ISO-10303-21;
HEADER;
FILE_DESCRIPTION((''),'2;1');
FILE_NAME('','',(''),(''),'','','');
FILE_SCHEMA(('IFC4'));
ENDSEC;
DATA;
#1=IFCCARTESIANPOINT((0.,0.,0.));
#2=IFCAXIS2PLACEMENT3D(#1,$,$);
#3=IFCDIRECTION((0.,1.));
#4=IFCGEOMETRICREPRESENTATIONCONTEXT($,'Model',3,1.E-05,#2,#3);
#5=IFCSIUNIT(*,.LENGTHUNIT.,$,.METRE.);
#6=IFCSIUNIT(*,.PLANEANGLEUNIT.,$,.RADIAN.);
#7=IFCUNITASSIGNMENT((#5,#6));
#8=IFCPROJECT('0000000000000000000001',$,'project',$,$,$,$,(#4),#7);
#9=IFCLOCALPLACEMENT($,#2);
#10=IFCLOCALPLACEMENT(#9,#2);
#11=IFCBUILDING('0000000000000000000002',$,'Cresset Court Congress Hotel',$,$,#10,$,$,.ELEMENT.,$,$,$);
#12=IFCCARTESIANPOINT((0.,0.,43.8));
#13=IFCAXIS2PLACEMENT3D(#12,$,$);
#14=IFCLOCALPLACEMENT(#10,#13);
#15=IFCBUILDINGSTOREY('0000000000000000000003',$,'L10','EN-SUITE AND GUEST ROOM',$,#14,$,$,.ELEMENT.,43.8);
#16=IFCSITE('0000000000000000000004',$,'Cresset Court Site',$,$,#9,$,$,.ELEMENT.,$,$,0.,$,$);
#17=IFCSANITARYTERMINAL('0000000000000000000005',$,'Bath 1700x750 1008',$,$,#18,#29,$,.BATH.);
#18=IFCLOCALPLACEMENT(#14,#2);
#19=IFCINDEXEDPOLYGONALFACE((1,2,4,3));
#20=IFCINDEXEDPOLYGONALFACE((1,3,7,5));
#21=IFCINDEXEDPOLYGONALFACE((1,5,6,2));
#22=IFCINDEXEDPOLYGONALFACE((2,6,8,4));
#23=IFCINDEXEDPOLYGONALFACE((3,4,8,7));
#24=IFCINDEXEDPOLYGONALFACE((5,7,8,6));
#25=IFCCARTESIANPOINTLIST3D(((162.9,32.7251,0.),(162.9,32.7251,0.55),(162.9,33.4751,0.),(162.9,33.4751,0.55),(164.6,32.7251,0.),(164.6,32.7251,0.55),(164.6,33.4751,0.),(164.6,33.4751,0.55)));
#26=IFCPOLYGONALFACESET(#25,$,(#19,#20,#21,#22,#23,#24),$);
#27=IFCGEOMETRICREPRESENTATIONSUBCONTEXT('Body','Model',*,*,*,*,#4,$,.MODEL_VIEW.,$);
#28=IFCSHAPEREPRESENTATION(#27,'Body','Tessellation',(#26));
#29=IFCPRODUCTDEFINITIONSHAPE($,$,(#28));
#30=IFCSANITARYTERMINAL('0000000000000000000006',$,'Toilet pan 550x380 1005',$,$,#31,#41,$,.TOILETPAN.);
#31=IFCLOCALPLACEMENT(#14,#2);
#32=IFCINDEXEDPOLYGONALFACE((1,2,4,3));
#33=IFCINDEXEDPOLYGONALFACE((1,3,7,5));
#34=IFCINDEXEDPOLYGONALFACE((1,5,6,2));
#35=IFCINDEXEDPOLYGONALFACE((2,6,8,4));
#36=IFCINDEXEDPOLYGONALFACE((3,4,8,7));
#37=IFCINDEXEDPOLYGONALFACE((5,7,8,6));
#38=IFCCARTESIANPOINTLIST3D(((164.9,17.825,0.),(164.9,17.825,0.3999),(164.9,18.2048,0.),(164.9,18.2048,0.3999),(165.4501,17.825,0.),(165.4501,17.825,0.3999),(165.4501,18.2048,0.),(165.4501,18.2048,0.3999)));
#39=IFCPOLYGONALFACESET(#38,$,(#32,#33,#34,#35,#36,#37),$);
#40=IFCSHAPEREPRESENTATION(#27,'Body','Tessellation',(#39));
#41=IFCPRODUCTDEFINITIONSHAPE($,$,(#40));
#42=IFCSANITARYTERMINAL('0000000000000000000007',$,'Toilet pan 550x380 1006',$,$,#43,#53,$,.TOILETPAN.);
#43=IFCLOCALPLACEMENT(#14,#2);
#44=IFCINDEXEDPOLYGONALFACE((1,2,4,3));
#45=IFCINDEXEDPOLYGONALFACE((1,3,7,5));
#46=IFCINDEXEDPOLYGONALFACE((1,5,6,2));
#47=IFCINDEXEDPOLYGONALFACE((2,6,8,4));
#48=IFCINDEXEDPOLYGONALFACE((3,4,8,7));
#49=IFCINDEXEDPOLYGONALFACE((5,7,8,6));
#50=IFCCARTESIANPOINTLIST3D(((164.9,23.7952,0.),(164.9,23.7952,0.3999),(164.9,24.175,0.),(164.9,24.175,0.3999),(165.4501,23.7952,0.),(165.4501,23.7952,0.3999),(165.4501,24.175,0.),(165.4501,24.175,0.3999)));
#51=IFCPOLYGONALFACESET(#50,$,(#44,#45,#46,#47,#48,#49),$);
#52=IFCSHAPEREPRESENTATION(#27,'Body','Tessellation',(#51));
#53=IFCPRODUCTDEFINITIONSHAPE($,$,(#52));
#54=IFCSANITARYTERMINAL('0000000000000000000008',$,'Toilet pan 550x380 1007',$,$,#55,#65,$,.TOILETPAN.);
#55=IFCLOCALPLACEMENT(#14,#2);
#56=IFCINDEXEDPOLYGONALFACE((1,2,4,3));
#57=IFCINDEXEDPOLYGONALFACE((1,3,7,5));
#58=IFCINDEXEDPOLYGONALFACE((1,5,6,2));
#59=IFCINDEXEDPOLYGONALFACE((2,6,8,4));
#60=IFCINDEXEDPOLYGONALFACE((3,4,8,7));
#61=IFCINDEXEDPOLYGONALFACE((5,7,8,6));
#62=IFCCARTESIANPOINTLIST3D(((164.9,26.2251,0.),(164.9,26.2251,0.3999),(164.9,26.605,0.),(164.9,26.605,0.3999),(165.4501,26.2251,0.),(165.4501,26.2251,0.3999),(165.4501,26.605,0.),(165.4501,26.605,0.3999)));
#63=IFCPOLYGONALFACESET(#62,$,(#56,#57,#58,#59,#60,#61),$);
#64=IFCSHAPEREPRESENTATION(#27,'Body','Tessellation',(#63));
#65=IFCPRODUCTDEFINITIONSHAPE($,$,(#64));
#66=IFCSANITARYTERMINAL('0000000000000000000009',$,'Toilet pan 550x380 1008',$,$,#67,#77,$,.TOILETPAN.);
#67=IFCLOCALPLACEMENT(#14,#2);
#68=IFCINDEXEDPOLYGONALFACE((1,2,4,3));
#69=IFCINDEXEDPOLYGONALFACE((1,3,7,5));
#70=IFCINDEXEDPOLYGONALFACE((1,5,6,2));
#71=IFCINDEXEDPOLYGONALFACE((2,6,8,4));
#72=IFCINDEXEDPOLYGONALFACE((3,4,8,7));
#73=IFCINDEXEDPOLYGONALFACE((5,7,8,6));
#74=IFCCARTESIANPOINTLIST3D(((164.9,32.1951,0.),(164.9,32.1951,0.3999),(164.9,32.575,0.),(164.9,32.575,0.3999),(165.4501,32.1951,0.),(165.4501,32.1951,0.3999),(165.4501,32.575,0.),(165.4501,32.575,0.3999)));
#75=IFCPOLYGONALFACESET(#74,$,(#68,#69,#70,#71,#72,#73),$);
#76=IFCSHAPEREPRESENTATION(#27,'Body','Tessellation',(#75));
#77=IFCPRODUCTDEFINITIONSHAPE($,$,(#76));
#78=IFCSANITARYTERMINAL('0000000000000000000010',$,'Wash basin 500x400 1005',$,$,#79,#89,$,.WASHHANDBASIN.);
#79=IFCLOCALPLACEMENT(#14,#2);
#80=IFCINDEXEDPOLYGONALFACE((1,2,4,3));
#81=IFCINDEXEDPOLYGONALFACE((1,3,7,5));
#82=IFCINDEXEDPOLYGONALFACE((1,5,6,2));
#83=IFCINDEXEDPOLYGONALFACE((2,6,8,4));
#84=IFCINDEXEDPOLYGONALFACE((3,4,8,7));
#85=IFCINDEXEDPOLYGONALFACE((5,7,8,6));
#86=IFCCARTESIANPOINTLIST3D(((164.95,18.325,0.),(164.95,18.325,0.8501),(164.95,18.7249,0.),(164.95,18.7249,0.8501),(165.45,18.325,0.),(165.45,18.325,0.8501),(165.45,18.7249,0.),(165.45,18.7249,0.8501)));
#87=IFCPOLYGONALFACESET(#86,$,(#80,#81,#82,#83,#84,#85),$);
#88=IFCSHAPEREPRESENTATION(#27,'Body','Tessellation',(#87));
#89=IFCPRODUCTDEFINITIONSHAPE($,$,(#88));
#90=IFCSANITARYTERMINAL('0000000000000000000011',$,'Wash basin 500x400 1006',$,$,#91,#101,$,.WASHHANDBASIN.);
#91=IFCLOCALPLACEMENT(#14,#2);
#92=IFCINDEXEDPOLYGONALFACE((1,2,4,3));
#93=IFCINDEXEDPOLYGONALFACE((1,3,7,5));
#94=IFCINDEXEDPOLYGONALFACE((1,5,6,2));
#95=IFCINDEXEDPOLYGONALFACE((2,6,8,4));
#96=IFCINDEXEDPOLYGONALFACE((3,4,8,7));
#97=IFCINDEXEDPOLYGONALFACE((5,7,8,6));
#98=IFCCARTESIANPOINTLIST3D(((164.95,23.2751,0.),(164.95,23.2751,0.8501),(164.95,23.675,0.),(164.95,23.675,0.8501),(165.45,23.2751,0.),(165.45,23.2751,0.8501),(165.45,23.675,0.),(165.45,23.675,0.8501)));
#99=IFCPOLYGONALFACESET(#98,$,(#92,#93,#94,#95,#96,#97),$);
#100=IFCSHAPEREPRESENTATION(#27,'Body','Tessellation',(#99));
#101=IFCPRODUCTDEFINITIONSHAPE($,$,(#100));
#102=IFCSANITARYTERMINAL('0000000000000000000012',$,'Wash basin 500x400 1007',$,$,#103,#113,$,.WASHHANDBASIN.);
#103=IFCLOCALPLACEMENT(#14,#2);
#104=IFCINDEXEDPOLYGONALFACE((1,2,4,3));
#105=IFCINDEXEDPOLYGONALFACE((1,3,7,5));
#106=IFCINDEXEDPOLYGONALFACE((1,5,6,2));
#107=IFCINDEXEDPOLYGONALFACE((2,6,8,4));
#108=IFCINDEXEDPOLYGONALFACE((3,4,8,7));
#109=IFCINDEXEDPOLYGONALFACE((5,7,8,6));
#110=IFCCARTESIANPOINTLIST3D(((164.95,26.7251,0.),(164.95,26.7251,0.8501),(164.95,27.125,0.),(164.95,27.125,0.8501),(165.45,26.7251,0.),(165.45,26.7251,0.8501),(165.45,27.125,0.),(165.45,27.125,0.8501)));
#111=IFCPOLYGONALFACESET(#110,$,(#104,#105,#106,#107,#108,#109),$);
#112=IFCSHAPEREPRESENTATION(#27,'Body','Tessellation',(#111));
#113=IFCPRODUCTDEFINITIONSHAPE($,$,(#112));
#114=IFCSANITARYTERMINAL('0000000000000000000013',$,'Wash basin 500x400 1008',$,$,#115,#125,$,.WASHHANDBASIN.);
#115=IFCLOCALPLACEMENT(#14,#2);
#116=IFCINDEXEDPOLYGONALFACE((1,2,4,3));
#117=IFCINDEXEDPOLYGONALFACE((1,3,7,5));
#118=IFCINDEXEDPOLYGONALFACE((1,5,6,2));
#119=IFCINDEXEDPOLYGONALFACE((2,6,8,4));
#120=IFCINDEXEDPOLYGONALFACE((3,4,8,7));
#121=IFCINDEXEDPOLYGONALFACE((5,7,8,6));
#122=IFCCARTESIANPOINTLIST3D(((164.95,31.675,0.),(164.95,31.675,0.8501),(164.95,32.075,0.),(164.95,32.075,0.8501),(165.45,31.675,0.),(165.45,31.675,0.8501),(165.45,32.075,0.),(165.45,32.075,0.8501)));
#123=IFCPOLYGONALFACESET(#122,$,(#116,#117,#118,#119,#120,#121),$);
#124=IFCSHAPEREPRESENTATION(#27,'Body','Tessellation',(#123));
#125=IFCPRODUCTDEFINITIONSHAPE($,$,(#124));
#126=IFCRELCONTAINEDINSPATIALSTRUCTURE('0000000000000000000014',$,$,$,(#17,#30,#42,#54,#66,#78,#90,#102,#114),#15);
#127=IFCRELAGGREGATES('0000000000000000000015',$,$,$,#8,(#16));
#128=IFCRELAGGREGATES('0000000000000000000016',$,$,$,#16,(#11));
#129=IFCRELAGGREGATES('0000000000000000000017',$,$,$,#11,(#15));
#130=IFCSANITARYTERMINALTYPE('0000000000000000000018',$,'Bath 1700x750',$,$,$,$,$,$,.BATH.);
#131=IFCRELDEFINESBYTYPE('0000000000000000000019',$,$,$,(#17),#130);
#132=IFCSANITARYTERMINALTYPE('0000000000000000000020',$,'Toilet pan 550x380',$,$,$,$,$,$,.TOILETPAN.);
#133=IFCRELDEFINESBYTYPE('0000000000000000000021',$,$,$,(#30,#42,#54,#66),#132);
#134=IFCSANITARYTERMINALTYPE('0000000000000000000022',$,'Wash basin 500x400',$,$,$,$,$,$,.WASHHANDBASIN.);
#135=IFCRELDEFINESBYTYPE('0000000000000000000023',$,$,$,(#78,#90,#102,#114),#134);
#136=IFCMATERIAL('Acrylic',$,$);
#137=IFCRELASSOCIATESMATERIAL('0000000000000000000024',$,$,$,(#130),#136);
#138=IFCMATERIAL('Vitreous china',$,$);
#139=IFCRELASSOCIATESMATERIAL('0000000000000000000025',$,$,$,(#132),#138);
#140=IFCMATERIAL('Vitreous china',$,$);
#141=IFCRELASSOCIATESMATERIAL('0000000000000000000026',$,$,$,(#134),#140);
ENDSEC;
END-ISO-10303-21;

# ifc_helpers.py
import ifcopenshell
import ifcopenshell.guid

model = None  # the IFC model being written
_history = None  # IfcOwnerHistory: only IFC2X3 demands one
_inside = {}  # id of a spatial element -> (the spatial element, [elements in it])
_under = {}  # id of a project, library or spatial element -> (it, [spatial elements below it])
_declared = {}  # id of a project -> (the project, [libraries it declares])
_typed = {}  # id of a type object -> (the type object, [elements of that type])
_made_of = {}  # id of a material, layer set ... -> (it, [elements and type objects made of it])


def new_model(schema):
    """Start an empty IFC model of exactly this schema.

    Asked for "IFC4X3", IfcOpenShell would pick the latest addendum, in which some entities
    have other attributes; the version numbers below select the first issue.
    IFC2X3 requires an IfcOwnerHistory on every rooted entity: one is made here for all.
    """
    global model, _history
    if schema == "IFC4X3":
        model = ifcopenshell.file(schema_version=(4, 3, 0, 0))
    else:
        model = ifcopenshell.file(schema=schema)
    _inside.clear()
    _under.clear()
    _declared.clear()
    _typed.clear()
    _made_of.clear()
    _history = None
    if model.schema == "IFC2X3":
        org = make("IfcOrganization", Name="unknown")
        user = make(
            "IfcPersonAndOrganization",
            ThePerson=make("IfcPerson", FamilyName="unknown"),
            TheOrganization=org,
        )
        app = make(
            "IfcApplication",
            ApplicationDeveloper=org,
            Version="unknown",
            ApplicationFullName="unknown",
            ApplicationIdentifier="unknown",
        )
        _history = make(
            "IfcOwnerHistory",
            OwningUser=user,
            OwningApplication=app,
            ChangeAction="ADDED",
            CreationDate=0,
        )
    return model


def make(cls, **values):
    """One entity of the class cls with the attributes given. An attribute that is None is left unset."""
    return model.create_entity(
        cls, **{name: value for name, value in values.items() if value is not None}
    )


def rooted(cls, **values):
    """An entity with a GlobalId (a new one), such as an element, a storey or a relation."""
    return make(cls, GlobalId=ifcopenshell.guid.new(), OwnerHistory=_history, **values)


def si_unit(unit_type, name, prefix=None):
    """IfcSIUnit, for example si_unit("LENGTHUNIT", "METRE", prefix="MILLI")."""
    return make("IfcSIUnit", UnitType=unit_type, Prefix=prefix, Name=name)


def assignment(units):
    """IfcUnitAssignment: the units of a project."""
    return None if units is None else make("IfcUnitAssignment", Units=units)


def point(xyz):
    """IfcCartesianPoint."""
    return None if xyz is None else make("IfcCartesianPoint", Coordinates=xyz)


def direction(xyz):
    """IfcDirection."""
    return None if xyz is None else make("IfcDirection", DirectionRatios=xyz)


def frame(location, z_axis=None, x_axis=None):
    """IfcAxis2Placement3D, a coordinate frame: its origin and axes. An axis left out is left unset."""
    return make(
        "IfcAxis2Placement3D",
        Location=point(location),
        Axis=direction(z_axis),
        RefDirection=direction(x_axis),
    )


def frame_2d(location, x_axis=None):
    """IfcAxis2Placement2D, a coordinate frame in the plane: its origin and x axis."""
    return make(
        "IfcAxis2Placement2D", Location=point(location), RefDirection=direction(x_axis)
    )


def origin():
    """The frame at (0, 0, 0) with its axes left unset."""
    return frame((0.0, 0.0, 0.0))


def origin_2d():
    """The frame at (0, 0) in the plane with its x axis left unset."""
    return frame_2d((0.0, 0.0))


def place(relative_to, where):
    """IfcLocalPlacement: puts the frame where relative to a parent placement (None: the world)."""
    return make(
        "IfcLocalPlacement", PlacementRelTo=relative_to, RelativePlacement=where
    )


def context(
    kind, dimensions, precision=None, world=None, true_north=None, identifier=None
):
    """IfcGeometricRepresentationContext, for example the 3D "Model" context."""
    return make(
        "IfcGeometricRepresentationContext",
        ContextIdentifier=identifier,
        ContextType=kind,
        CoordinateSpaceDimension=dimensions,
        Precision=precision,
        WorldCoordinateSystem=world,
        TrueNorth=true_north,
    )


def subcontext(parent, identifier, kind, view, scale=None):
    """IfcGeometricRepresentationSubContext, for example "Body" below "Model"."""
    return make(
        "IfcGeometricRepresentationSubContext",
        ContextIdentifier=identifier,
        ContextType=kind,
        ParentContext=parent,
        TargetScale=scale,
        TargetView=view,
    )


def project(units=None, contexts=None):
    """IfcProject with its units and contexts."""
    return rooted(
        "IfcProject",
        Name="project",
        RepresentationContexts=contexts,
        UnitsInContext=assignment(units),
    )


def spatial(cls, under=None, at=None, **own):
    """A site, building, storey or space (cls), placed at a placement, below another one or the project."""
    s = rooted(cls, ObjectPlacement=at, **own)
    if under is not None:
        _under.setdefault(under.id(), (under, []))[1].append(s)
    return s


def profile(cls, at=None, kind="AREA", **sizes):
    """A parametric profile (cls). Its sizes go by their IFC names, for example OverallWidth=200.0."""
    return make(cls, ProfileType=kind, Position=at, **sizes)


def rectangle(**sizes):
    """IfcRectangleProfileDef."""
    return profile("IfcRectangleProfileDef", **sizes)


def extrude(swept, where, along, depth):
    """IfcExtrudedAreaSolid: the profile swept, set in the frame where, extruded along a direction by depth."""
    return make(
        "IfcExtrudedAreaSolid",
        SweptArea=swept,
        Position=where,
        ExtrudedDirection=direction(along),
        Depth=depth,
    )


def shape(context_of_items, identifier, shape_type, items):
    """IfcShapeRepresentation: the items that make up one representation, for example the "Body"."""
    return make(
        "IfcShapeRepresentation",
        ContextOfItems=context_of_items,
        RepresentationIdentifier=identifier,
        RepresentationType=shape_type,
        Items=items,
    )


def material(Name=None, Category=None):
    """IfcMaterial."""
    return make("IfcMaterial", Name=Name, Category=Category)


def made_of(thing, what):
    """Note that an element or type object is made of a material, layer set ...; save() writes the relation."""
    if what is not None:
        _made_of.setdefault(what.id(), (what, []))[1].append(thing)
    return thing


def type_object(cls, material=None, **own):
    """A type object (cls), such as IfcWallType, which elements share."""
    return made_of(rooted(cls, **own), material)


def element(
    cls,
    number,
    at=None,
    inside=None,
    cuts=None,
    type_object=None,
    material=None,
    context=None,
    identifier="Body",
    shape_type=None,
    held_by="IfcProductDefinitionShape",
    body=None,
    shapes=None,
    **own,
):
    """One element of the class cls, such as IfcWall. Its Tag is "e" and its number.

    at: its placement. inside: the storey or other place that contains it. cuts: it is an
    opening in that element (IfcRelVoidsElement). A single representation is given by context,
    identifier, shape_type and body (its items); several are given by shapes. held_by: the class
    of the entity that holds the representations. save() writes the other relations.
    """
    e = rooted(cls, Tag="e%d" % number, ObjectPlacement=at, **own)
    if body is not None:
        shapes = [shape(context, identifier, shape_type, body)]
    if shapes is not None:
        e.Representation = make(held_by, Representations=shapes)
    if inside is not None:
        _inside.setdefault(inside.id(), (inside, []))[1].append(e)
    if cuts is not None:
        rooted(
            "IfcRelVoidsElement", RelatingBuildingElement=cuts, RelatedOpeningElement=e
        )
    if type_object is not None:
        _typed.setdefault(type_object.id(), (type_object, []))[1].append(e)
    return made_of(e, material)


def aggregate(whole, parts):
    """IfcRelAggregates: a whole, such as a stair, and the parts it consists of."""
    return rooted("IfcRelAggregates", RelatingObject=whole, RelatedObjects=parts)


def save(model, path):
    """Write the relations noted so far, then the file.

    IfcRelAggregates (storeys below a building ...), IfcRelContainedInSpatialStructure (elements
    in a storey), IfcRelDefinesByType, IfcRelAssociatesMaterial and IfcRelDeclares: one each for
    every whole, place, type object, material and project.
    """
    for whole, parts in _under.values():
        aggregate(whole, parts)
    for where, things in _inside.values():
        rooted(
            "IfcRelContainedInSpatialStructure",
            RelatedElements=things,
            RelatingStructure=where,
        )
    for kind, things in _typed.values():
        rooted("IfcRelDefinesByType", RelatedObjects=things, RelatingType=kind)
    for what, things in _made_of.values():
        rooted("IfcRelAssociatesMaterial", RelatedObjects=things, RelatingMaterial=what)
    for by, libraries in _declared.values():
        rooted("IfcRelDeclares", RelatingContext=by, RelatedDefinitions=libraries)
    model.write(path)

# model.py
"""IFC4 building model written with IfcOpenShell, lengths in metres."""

from ifc_helpers import new_model, si_unit, direction, frame, origin, origin_2d, place, context, subcontext, project, spatial, rectangle, extrude, material, type_object, element, save


model = new_model("IFC4")

# Units and contexts
model_context = context("Model", 3, precision=1e-05, world=origin(), true_north=direction((0.0, 1.0)))
body_context = subcontext(model_context, "Body", "Model", "MODEL_VIEW")
ifc_project = project(units=[si_unit("LENGTHUNIT", "METRE"), si_unit("PLANEANGLEUNIT", "RADIAN")], contexts=[model_context])

# Site, building, storey
site_placement = place(None, origin())
site = spatial("IfcSite", under=ifc_project, at=site_placement, Name="Cresset Court Site", CompositionType="ELEMENT", RefElevation=0.0)
building_placement = place(site_placement, origin())
building = spatial("IfcBuilding", under=site, at=building_placement, Name="Cresset Court Congress Hotel", CompositionType="ELEMENT")
storey_placement = place(building_placement, frame((0.0, 0.0, 43.8)))
storey = spatial("IfcBuildingStorey", under=building, at=storey_placement, Name="L10", Description="EN-SUITE AND GUEST ROOM", CompositionType="ELEMENT", Elevation=43.8)

# Sanitary terminals
ifc_material_1 = material(Name="Acrylic")
sanitary_terminal_type_1 = type_object("IfcSanitaryTerminalType", Name="Bath 1700x750", PredefinedType="BATH", material=ifc_material_1)
for number, where, z_axis, x_axis, name in (
    (1, (163.75, 33.1001, 0.0), (0.0, 0.0, 1.0), (1.0, 0.0, 0.0), "Bath 1700x750 1008"),
):
    element("IfcSanitaryTerminal", number, at=place(storey_placement, frame(where, z_axis=z_axis, x_axis=x_axis)), inside=storey, type_object=sanitary_terminal_type_1, Name=name, PredefinedType="BATH", context=body_context, shape_type="SweptSolid", body=[
        extrude(rectangle(XDim=1.7, YDim=0.75, at=origin_2d()), origin(), (0.0, 0.0, 1.0), 0.55),
    ])
ifc_material_2 = material(Name="Vitreous china")
sanitary_terminal_type_2 = type_object("IfcSanitaryTerminalType", Name="Toilet pan 550x380", PredefinedType="TOILETPAN", material=ifc_material_2)
for number, where, z_axis, x_axis, name in (
    (2, (165.175, 18.0149, 0.0), (0.0, 0.0, 1.0), (1.0, 0.0, 0.0), "Toilet pan 550x380 1005"),
    (3, (165.175, 23.9851, 0.0), (0.0, 0.0, 1.0), (1.0, 0.0, 0.0), "Toilet pan 550x380 1006"),
    (4, (165.175, 26.415, 0.0), (0.0, 0.0, 1.0), (1.0, 0.0, 0.0), "Toilet pan 550x380 1007"),
    (5, (165.175, 32.385, 0.0), (0.0, 0.0, 1.0), (1.0, 0.0, 0.0), "Toilet pan 550x380 1008"),
):
    element("IfcSanitaryTerminal", number, at=place(storey_placement, frame(where, z_axis=z_axis, x_axis=x_axis)), inside=storey, type_object=sanitary_terminal_type_2, Name=name, PredefinedType="TOILETPAN", context=body_context, shape_type="SweptSolid", body=[
        extrude(rectangle(XDim=0.55, YDim=0.3799, at=origin_2d()), origin(), (0.0, 0.0, 1.0), 0.3999),
    ])
ifc_material_3 = material(Name="Vitreous china")
sanitary_terminal_type_3 = type_object("IfcSanitaryTerminalType", Name="Wash basin 500x400", PredefinedType="WASHHANDBASIN", material=ifc_material_3)
for number, where, z_axis, x_axis, name in (
    (6, (165.2, 18.5249, 0.0), (0.0, 0.0, 1.0), (1.0, 0.0, 0.0), "Wash basin 500x400 1005"),
    (7, (165.2, 23.4751, 0.0), (0.0, 0.0, 1.0), (1.0, 0.0, 0.0), "Wash basin 500x400 1006"),
    (8, (165.2, 26.925, 0.0), (0.0, 0.0, 1.0), (1.0, 0.0, 0.0), "Wash basin 500x400 1007"),
    (9, (165.2, 31.875, 0.0), (0.0, 0.0, 1.0), (1.0, 0.0, 0.0), "Wash basin 500x400 1008"),
):
    element("IfcSanitaryTerminal", number, at=place(storey_placement, frame(where, z_axis=z_axis, x_axis=x_axis)), inside=storey, type_object=sanitary_terminal_type_3, Name=name, PredefinedType="WASHHANDBASIN", context=body_context, shape_type="SweptSolid", body=[
        extrude(rectangle(XDim=0.5, YDim=0.3999, at=origin_2d()), origin(), (0.0, 0.0, 1.0), 0.8501),
    ])

save(model, "model.ifc")
